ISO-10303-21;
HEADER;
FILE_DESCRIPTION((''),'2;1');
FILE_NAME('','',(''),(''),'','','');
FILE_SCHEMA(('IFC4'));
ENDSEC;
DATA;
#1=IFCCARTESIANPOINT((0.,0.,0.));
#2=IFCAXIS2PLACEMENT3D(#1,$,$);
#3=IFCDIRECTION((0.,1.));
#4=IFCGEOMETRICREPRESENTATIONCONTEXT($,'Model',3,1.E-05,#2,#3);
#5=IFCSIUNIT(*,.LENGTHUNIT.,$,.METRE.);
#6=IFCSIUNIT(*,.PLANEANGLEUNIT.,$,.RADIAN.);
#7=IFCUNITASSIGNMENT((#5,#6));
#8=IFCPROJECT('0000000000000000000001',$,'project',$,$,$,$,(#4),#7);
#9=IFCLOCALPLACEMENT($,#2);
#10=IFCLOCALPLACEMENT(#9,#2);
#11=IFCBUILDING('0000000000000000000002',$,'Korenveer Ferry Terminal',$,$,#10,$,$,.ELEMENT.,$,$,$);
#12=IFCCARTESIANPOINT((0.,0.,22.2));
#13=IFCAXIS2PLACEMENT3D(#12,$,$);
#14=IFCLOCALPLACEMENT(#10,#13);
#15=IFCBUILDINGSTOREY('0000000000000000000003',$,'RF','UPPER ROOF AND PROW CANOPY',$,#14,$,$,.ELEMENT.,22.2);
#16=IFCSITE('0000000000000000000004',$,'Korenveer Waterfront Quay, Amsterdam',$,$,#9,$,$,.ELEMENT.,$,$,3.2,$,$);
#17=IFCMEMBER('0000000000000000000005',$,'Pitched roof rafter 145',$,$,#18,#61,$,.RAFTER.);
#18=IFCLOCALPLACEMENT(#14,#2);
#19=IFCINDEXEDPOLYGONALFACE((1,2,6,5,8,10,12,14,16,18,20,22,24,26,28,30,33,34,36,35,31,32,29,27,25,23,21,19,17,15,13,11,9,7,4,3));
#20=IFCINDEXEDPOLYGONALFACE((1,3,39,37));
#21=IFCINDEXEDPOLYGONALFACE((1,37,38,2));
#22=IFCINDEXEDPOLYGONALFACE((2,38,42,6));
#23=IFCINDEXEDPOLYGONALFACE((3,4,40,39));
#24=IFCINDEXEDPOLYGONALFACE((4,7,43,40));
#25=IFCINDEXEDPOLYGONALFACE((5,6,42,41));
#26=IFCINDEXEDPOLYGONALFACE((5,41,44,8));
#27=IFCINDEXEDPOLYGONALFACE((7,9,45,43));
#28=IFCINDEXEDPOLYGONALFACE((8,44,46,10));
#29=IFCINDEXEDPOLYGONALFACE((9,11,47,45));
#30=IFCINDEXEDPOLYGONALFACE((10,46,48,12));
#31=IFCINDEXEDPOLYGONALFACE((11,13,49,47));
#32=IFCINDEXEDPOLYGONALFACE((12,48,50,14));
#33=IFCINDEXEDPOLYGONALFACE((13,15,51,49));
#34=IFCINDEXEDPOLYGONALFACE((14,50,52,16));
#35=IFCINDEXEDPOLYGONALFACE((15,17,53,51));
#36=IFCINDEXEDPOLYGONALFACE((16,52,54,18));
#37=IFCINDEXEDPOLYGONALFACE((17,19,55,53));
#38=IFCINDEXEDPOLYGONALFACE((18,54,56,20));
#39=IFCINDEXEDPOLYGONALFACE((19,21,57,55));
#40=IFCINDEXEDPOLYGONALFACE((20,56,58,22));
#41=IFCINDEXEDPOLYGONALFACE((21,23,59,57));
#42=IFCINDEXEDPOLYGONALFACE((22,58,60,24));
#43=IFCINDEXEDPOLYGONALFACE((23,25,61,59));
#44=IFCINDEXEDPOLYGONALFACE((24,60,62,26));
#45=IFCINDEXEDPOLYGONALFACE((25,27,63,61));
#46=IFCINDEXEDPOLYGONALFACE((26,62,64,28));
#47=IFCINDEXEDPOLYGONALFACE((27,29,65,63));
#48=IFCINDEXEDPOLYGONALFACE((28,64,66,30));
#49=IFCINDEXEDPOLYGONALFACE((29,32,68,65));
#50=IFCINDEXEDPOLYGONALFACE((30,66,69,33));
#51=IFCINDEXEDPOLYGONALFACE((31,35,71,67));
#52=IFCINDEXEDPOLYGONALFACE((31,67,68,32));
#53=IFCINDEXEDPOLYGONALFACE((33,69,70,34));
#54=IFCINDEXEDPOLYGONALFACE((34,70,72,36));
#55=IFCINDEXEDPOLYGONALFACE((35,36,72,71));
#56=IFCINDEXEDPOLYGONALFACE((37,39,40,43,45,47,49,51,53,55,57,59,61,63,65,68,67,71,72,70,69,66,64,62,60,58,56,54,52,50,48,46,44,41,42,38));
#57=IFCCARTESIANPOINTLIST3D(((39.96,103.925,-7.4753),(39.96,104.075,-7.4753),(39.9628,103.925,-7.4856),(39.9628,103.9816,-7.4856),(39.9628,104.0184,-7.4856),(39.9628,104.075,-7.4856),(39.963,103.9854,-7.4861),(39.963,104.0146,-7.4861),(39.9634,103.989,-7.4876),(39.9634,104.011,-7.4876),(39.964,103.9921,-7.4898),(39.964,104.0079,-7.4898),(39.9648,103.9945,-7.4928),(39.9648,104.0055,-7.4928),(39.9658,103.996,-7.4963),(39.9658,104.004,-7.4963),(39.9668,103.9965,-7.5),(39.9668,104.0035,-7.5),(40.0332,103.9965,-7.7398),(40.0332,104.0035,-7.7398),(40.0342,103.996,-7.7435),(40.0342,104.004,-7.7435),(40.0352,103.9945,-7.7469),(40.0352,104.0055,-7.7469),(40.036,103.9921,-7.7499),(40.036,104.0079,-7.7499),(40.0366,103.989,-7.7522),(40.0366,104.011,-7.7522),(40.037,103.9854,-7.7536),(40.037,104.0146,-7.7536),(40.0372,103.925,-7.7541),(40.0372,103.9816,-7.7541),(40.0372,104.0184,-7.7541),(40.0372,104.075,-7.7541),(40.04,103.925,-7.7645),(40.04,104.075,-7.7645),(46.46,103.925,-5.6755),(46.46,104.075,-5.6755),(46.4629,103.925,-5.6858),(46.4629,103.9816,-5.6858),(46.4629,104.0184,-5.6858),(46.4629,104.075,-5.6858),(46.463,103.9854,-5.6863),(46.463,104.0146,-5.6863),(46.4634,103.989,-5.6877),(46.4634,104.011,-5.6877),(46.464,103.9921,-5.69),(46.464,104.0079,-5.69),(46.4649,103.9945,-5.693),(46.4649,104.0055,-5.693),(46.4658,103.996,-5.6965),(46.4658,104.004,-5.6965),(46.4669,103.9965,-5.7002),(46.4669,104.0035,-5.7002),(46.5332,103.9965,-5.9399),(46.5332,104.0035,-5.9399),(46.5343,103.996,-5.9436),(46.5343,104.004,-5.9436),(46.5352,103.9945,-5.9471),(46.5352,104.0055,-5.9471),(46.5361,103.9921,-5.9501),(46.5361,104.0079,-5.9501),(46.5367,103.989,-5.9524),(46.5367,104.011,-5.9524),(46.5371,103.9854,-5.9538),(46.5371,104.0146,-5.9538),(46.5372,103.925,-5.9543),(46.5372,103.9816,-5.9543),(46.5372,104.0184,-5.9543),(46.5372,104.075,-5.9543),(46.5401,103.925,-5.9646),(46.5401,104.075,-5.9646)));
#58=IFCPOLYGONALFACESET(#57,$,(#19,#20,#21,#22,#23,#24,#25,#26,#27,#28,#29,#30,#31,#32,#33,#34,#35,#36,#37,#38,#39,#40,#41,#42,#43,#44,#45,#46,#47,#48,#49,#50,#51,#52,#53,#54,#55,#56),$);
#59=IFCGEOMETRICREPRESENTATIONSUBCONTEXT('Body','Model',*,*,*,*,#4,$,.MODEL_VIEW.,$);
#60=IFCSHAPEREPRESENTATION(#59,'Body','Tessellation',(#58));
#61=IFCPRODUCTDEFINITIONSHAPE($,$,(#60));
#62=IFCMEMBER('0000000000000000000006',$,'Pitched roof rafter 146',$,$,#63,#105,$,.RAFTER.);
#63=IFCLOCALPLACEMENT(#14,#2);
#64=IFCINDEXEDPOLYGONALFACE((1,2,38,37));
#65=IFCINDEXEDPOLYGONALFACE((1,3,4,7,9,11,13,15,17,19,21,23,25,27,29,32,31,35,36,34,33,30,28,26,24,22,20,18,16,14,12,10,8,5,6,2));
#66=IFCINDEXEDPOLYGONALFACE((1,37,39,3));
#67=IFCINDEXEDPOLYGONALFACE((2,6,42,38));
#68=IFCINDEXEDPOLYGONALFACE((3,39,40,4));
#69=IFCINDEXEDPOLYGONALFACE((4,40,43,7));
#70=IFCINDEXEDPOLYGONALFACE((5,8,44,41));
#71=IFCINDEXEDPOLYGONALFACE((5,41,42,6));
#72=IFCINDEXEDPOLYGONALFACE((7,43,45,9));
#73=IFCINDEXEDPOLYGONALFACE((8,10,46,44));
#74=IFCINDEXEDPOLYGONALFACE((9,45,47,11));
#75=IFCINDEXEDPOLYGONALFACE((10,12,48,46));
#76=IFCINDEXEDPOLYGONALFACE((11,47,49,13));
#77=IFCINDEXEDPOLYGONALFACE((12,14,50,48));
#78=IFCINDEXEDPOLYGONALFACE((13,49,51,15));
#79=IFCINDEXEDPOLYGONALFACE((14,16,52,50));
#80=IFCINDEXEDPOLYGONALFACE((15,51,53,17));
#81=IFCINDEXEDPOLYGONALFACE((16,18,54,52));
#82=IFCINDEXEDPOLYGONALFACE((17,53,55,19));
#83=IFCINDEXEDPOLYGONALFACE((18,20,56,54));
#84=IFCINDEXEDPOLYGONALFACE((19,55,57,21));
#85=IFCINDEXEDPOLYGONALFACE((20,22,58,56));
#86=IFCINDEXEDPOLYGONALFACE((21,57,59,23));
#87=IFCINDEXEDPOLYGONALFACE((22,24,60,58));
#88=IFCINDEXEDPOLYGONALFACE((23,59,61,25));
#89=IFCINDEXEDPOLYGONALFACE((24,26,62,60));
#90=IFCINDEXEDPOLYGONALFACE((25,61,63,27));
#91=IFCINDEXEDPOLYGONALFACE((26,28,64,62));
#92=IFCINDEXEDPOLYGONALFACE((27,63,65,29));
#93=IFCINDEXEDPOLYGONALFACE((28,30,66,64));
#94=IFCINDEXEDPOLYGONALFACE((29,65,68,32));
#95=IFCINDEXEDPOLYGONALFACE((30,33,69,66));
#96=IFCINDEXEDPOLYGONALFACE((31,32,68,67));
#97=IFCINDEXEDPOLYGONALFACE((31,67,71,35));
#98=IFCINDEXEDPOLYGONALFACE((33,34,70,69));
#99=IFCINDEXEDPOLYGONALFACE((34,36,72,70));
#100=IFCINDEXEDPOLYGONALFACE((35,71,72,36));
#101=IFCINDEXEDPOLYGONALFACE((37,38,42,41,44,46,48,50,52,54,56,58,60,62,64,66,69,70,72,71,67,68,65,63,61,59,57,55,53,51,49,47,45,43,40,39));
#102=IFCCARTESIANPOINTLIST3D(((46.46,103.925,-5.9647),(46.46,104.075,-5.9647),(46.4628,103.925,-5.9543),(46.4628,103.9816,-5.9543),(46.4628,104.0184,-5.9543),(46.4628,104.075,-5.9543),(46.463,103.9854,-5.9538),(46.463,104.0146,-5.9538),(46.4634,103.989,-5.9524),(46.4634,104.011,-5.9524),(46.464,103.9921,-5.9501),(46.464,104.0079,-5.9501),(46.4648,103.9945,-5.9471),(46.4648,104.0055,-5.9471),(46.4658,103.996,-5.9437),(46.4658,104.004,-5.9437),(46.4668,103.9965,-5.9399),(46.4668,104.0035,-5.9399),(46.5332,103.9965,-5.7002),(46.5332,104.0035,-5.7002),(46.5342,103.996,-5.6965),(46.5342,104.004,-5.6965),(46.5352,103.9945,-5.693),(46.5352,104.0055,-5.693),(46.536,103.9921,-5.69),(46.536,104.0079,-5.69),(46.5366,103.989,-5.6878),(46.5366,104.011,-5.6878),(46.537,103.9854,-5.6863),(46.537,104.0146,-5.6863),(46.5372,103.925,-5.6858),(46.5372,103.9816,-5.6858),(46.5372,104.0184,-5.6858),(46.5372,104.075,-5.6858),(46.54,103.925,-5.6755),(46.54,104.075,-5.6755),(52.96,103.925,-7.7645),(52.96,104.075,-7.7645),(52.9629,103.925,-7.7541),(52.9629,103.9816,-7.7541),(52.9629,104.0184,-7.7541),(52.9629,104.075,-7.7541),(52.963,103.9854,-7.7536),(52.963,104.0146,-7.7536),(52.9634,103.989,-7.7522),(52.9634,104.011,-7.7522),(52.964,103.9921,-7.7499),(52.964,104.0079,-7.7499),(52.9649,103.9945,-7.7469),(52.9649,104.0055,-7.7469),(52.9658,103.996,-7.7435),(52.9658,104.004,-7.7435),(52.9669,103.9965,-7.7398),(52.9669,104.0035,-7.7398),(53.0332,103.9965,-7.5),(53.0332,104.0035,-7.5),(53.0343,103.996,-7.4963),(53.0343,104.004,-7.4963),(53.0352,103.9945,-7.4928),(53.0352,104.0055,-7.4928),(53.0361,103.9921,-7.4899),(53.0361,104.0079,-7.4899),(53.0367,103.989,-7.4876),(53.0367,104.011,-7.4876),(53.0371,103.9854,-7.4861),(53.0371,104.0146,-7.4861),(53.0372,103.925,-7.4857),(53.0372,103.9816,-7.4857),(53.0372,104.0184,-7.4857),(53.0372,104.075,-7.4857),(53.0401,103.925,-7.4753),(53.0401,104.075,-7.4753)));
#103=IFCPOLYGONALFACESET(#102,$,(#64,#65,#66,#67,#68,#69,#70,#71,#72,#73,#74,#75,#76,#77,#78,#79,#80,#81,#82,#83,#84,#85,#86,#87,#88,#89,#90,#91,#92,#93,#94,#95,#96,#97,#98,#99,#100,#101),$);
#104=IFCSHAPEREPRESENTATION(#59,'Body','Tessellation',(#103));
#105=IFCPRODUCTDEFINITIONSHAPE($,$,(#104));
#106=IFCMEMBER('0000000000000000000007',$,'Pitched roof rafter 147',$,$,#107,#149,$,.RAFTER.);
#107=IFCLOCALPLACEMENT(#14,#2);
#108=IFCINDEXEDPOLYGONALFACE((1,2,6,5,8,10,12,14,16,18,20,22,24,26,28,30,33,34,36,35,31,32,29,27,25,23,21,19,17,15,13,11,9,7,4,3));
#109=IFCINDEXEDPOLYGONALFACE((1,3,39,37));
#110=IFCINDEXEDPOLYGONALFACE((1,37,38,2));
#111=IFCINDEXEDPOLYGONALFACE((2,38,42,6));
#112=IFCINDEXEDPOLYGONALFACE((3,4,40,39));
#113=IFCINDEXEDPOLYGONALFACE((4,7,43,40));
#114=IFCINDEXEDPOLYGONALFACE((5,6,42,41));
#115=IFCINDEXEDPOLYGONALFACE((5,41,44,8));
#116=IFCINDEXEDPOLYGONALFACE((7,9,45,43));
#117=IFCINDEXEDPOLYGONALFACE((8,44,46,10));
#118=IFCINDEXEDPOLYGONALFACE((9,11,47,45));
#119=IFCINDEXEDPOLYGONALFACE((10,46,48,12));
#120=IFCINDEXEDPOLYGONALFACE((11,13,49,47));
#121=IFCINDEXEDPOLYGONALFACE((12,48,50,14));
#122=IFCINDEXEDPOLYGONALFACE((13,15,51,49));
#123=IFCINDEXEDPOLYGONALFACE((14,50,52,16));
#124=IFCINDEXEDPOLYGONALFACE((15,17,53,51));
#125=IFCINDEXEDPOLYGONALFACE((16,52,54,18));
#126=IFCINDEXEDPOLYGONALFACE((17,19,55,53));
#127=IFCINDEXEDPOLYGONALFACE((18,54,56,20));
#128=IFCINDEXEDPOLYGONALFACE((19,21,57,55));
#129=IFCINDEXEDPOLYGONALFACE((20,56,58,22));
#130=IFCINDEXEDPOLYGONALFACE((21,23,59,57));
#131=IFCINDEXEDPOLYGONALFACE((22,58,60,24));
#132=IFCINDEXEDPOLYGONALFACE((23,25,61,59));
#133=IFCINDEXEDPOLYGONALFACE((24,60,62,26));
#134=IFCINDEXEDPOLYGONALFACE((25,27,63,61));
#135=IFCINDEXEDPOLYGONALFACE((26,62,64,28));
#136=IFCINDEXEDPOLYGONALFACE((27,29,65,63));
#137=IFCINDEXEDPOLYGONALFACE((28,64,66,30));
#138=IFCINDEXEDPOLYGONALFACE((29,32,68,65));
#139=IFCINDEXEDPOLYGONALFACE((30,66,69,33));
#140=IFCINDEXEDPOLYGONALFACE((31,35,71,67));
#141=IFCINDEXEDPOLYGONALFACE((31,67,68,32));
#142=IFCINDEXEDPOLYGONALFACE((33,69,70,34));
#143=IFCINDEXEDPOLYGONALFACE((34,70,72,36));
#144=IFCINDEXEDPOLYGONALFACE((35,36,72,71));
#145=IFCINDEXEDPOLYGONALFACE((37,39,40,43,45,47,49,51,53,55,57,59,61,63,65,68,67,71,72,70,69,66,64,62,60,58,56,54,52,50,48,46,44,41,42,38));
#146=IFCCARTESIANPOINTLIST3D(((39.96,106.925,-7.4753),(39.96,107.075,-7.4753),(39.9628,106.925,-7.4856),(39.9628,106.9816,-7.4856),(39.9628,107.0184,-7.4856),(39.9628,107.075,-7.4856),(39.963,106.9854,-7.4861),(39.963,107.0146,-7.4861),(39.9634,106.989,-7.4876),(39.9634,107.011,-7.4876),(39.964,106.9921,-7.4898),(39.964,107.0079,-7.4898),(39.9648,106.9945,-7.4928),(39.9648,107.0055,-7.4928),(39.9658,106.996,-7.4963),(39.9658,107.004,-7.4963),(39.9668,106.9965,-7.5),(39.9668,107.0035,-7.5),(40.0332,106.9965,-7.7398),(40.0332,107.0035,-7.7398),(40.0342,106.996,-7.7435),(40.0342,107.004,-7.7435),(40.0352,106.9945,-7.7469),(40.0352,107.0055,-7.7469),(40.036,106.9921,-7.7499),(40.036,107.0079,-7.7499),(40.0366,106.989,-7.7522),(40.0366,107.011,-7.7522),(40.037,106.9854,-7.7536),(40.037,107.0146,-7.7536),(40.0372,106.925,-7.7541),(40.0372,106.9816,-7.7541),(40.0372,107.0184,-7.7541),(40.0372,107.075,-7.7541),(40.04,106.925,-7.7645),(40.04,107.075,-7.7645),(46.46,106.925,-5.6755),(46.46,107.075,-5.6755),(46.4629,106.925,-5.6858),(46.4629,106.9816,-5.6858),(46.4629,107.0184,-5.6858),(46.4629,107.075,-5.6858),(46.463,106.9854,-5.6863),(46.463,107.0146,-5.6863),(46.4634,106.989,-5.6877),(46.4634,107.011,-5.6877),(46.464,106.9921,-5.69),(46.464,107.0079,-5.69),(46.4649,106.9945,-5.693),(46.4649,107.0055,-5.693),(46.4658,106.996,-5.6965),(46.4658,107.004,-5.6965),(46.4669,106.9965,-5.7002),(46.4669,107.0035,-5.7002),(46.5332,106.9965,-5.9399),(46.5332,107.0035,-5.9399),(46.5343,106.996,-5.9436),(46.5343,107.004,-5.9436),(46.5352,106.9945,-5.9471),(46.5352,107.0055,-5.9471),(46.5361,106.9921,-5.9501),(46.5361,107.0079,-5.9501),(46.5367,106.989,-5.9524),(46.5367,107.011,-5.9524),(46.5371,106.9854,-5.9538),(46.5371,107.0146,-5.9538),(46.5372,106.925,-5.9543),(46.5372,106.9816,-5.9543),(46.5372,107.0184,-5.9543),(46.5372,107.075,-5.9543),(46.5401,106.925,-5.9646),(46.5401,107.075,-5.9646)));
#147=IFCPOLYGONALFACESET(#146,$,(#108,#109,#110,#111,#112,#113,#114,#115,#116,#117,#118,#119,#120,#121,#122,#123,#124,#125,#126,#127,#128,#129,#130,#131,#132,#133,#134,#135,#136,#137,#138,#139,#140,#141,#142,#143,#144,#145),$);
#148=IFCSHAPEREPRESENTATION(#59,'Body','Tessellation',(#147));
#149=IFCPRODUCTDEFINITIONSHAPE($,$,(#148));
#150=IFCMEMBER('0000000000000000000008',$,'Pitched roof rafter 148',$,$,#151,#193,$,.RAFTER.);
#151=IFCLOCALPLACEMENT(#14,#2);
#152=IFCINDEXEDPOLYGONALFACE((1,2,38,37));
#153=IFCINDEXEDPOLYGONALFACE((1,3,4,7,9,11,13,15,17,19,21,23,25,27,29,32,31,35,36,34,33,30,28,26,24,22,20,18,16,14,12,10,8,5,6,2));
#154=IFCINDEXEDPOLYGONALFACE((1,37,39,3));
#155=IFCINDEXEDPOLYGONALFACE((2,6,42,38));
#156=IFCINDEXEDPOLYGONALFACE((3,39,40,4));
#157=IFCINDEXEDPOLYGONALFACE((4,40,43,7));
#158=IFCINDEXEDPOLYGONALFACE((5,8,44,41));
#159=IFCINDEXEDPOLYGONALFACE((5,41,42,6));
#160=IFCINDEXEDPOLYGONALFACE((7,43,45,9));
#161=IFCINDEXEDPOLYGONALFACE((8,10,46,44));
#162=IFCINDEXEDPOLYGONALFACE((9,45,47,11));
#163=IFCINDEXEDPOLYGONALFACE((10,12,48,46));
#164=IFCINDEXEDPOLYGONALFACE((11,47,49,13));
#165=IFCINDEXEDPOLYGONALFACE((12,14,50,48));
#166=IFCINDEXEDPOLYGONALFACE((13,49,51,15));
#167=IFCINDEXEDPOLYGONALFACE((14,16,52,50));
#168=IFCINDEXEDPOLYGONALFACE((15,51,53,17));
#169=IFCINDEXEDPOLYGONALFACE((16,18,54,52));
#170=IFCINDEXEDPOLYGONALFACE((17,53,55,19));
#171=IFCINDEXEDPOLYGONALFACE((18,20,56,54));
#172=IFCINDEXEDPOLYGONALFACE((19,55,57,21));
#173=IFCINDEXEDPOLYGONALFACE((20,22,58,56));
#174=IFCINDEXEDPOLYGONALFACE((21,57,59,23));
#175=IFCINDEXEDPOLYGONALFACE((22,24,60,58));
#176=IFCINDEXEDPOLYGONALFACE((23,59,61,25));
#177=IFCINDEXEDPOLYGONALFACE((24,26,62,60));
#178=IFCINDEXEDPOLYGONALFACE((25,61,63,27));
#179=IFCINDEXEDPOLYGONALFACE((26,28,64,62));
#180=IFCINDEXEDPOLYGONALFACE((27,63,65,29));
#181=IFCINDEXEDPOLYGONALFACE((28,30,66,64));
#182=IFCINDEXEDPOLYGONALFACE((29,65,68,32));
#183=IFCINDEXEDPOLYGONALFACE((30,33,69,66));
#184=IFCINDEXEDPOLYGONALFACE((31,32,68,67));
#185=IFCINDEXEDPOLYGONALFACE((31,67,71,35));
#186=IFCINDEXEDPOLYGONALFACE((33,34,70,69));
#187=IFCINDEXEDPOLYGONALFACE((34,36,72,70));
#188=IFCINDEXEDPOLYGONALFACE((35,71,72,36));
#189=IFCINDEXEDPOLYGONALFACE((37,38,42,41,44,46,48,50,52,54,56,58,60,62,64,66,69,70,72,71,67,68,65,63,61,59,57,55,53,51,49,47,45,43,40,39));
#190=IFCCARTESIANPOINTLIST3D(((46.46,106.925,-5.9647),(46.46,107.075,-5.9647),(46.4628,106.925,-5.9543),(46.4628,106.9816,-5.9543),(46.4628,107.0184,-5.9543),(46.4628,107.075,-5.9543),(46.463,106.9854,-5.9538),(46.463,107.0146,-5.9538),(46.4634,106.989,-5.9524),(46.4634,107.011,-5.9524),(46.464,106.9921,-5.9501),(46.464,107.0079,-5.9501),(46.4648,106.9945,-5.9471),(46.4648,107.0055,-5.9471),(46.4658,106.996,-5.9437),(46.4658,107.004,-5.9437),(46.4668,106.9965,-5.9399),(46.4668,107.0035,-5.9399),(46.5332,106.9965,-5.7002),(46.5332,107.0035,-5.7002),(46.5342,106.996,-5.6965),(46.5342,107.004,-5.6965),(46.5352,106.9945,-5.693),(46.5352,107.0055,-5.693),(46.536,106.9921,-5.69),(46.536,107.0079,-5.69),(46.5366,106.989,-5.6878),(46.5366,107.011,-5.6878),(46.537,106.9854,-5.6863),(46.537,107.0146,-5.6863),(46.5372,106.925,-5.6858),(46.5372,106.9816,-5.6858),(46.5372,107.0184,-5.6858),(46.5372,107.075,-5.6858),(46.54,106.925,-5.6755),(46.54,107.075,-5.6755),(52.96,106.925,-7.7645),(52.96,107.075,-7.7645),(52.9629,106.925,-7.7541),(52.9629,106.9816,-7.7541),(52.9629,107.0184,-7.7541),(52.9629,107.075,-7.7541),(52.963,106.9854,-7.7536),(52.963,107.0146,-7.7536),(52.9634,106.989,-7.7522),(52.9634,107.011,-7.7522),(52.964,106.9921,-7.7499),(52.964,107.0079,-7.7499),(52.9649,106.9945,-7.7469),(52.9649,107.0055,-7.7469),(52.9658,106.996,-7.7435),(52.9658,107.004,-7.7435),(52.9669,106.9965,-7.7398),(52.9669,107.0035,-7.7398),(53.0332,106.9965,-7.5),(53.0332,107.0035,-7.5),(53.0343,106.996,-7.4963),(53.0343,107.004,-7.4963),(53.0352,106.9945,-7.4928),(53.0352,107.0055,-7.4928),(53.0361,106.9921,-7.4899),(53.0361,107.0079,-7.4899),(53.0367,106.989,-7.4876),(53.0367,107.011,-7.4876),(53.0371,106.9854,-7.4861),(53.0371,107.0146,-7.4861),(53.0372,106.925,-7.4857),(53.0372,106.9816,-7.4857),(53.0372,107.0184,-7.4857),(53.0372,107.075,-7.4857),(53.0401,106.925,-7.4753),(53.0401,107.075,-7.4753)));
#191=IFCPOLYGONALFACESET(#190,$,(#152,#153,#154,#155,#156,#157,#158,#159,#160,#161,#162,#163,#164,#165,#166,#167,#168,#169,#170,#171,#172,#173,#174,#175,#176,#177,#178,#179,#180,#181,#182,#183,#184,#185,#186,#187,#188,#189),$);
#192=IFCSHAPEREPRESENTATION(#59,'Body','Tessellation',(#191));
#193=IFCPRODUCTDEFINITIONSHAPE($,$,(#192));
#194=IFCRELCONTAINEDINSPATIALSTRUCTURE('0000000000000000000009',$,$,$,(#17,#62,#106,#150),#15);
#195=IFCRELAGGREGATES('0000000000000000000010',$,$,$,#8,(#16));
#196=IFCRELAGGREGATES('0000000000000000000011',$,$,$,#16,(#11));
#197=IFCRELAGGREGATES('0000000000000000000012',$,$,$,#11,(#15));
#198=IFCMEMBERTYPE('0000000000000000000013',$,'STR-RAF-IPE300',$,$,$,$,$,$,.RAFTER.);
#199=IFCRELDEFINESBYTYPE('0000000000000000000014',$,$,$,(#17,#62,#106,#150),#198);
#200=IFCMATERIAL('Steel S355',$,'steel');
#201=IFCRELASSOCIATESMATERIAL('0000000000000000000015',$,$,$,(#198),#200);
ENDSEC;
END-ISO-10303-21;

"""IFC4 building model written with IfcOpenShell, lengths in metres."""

from ifc_helpers import new_model, si_unit, direction, frame, origin, origin_2d, place, context, subcontext, project, spatial, i_section, extrude, material, material_profile, profile_set, type_object, element, save


model = new_model("IFC4")

# Units and contexts
model_context = context("Model", 3, precision=1e-05, world=origin(), true_north=direction((0.0, 1.0)))
body_context = subcontext(model_context, "Body", "Model", "MODEL_VIEW")
ifc_project = project(units=[si_unit("LENGTHUNIT", "METRE"), si_unit("PLANEANGLEUNIT", "RADIAN")], contexts=[model_context])

# Site, building, storey
site_placement = place(None, origin())
site = spatial("IfcSite", under=ifc_project, at=site_placement, Name="Korenveer Waterfront Quay, Amsterdam", CompositionType="ELEMENT", RefElevation=3.2)
building_placement = place(site_placement, origin())
building = spatial("IfcBuilding", under=site, at=building_placement, Name="Korenveer Ferry Terminal", CompositionType="ELEMENT")
storey_placement = place(building_placement, frame((0.0, 0.0, 22.2)))
storey = spatial("IfcBuildingStorey", under=building, at=storey_placement, Name="RF", Description="UPPER ROOF AND PROW CANOPY", CompositionType="ELEMENT", Elevation=22.2)

# Shared definitions
ifc_material_1 = material(Name="Steel S355", Category="steel")

# Members
ifc_material_profile_1 = material_profile(ifc_material_1, i_section(OverallWidth=0.1499, OverallDepth=0.3, WebThickness=0.0071, FlangeThickness=0.0107, FilletRadius=0.0149, at=origin_2d()), Name="IPE 300")
ifc_profile_set_1 = profile_set([ifc_material_profile_1], Name="Steel S355")
member_type_1 = type_object("IfcMemberType", Name="STR-RAF-IPE300", PredefinedType="RAFTER", material=ifc_profile_set_1)
for number, where, z_axis, x_axis, name in (
    (1, (40.0, 104.0, -7.6199), (0.963737, 0.0, 0.266852), (0.0, 1.0, 0.0), "Pitched roof rafter 145"),
    (2, (46.5, 104.0, -5.8201), (0.963737, 0.0, -0.266852), (0.0, 1.0, 0.0), "Pitched roof rafter 146"),
    (3, (40.0, 107.0, -7.6199), (0.963737, 0.0, 0.266852), (0.0, 1.0, 0.0), "Pitched roof rafter 147"),
    (4, (46.5, 107.0, -5.8201), (0.963737, 0.0, -0.266852), (0.0, 1.0, 0.0), "Pitched roof rafter 148"),
):
    element("IfcMember", number, at=place(storey_placement, frame(where, z_axis=z_axis, x_axis=x_axis)), inside=storey, type_object=member_type_1, Name=name, PredefinedType="RAFTER", context=body_context, shape_type="SweptSolid", body=[
        extrude(i_section(OverallWidth=0.1499, OverallDepth=0.3, WebThickness=0.0071, FlangeThickness=0.0107, FilletRadius=0.0149, at=origin_2d()), origin(), (0.0, 0.0, 1.0), 6.7446),
    ])

save(model, "model.ifc")
